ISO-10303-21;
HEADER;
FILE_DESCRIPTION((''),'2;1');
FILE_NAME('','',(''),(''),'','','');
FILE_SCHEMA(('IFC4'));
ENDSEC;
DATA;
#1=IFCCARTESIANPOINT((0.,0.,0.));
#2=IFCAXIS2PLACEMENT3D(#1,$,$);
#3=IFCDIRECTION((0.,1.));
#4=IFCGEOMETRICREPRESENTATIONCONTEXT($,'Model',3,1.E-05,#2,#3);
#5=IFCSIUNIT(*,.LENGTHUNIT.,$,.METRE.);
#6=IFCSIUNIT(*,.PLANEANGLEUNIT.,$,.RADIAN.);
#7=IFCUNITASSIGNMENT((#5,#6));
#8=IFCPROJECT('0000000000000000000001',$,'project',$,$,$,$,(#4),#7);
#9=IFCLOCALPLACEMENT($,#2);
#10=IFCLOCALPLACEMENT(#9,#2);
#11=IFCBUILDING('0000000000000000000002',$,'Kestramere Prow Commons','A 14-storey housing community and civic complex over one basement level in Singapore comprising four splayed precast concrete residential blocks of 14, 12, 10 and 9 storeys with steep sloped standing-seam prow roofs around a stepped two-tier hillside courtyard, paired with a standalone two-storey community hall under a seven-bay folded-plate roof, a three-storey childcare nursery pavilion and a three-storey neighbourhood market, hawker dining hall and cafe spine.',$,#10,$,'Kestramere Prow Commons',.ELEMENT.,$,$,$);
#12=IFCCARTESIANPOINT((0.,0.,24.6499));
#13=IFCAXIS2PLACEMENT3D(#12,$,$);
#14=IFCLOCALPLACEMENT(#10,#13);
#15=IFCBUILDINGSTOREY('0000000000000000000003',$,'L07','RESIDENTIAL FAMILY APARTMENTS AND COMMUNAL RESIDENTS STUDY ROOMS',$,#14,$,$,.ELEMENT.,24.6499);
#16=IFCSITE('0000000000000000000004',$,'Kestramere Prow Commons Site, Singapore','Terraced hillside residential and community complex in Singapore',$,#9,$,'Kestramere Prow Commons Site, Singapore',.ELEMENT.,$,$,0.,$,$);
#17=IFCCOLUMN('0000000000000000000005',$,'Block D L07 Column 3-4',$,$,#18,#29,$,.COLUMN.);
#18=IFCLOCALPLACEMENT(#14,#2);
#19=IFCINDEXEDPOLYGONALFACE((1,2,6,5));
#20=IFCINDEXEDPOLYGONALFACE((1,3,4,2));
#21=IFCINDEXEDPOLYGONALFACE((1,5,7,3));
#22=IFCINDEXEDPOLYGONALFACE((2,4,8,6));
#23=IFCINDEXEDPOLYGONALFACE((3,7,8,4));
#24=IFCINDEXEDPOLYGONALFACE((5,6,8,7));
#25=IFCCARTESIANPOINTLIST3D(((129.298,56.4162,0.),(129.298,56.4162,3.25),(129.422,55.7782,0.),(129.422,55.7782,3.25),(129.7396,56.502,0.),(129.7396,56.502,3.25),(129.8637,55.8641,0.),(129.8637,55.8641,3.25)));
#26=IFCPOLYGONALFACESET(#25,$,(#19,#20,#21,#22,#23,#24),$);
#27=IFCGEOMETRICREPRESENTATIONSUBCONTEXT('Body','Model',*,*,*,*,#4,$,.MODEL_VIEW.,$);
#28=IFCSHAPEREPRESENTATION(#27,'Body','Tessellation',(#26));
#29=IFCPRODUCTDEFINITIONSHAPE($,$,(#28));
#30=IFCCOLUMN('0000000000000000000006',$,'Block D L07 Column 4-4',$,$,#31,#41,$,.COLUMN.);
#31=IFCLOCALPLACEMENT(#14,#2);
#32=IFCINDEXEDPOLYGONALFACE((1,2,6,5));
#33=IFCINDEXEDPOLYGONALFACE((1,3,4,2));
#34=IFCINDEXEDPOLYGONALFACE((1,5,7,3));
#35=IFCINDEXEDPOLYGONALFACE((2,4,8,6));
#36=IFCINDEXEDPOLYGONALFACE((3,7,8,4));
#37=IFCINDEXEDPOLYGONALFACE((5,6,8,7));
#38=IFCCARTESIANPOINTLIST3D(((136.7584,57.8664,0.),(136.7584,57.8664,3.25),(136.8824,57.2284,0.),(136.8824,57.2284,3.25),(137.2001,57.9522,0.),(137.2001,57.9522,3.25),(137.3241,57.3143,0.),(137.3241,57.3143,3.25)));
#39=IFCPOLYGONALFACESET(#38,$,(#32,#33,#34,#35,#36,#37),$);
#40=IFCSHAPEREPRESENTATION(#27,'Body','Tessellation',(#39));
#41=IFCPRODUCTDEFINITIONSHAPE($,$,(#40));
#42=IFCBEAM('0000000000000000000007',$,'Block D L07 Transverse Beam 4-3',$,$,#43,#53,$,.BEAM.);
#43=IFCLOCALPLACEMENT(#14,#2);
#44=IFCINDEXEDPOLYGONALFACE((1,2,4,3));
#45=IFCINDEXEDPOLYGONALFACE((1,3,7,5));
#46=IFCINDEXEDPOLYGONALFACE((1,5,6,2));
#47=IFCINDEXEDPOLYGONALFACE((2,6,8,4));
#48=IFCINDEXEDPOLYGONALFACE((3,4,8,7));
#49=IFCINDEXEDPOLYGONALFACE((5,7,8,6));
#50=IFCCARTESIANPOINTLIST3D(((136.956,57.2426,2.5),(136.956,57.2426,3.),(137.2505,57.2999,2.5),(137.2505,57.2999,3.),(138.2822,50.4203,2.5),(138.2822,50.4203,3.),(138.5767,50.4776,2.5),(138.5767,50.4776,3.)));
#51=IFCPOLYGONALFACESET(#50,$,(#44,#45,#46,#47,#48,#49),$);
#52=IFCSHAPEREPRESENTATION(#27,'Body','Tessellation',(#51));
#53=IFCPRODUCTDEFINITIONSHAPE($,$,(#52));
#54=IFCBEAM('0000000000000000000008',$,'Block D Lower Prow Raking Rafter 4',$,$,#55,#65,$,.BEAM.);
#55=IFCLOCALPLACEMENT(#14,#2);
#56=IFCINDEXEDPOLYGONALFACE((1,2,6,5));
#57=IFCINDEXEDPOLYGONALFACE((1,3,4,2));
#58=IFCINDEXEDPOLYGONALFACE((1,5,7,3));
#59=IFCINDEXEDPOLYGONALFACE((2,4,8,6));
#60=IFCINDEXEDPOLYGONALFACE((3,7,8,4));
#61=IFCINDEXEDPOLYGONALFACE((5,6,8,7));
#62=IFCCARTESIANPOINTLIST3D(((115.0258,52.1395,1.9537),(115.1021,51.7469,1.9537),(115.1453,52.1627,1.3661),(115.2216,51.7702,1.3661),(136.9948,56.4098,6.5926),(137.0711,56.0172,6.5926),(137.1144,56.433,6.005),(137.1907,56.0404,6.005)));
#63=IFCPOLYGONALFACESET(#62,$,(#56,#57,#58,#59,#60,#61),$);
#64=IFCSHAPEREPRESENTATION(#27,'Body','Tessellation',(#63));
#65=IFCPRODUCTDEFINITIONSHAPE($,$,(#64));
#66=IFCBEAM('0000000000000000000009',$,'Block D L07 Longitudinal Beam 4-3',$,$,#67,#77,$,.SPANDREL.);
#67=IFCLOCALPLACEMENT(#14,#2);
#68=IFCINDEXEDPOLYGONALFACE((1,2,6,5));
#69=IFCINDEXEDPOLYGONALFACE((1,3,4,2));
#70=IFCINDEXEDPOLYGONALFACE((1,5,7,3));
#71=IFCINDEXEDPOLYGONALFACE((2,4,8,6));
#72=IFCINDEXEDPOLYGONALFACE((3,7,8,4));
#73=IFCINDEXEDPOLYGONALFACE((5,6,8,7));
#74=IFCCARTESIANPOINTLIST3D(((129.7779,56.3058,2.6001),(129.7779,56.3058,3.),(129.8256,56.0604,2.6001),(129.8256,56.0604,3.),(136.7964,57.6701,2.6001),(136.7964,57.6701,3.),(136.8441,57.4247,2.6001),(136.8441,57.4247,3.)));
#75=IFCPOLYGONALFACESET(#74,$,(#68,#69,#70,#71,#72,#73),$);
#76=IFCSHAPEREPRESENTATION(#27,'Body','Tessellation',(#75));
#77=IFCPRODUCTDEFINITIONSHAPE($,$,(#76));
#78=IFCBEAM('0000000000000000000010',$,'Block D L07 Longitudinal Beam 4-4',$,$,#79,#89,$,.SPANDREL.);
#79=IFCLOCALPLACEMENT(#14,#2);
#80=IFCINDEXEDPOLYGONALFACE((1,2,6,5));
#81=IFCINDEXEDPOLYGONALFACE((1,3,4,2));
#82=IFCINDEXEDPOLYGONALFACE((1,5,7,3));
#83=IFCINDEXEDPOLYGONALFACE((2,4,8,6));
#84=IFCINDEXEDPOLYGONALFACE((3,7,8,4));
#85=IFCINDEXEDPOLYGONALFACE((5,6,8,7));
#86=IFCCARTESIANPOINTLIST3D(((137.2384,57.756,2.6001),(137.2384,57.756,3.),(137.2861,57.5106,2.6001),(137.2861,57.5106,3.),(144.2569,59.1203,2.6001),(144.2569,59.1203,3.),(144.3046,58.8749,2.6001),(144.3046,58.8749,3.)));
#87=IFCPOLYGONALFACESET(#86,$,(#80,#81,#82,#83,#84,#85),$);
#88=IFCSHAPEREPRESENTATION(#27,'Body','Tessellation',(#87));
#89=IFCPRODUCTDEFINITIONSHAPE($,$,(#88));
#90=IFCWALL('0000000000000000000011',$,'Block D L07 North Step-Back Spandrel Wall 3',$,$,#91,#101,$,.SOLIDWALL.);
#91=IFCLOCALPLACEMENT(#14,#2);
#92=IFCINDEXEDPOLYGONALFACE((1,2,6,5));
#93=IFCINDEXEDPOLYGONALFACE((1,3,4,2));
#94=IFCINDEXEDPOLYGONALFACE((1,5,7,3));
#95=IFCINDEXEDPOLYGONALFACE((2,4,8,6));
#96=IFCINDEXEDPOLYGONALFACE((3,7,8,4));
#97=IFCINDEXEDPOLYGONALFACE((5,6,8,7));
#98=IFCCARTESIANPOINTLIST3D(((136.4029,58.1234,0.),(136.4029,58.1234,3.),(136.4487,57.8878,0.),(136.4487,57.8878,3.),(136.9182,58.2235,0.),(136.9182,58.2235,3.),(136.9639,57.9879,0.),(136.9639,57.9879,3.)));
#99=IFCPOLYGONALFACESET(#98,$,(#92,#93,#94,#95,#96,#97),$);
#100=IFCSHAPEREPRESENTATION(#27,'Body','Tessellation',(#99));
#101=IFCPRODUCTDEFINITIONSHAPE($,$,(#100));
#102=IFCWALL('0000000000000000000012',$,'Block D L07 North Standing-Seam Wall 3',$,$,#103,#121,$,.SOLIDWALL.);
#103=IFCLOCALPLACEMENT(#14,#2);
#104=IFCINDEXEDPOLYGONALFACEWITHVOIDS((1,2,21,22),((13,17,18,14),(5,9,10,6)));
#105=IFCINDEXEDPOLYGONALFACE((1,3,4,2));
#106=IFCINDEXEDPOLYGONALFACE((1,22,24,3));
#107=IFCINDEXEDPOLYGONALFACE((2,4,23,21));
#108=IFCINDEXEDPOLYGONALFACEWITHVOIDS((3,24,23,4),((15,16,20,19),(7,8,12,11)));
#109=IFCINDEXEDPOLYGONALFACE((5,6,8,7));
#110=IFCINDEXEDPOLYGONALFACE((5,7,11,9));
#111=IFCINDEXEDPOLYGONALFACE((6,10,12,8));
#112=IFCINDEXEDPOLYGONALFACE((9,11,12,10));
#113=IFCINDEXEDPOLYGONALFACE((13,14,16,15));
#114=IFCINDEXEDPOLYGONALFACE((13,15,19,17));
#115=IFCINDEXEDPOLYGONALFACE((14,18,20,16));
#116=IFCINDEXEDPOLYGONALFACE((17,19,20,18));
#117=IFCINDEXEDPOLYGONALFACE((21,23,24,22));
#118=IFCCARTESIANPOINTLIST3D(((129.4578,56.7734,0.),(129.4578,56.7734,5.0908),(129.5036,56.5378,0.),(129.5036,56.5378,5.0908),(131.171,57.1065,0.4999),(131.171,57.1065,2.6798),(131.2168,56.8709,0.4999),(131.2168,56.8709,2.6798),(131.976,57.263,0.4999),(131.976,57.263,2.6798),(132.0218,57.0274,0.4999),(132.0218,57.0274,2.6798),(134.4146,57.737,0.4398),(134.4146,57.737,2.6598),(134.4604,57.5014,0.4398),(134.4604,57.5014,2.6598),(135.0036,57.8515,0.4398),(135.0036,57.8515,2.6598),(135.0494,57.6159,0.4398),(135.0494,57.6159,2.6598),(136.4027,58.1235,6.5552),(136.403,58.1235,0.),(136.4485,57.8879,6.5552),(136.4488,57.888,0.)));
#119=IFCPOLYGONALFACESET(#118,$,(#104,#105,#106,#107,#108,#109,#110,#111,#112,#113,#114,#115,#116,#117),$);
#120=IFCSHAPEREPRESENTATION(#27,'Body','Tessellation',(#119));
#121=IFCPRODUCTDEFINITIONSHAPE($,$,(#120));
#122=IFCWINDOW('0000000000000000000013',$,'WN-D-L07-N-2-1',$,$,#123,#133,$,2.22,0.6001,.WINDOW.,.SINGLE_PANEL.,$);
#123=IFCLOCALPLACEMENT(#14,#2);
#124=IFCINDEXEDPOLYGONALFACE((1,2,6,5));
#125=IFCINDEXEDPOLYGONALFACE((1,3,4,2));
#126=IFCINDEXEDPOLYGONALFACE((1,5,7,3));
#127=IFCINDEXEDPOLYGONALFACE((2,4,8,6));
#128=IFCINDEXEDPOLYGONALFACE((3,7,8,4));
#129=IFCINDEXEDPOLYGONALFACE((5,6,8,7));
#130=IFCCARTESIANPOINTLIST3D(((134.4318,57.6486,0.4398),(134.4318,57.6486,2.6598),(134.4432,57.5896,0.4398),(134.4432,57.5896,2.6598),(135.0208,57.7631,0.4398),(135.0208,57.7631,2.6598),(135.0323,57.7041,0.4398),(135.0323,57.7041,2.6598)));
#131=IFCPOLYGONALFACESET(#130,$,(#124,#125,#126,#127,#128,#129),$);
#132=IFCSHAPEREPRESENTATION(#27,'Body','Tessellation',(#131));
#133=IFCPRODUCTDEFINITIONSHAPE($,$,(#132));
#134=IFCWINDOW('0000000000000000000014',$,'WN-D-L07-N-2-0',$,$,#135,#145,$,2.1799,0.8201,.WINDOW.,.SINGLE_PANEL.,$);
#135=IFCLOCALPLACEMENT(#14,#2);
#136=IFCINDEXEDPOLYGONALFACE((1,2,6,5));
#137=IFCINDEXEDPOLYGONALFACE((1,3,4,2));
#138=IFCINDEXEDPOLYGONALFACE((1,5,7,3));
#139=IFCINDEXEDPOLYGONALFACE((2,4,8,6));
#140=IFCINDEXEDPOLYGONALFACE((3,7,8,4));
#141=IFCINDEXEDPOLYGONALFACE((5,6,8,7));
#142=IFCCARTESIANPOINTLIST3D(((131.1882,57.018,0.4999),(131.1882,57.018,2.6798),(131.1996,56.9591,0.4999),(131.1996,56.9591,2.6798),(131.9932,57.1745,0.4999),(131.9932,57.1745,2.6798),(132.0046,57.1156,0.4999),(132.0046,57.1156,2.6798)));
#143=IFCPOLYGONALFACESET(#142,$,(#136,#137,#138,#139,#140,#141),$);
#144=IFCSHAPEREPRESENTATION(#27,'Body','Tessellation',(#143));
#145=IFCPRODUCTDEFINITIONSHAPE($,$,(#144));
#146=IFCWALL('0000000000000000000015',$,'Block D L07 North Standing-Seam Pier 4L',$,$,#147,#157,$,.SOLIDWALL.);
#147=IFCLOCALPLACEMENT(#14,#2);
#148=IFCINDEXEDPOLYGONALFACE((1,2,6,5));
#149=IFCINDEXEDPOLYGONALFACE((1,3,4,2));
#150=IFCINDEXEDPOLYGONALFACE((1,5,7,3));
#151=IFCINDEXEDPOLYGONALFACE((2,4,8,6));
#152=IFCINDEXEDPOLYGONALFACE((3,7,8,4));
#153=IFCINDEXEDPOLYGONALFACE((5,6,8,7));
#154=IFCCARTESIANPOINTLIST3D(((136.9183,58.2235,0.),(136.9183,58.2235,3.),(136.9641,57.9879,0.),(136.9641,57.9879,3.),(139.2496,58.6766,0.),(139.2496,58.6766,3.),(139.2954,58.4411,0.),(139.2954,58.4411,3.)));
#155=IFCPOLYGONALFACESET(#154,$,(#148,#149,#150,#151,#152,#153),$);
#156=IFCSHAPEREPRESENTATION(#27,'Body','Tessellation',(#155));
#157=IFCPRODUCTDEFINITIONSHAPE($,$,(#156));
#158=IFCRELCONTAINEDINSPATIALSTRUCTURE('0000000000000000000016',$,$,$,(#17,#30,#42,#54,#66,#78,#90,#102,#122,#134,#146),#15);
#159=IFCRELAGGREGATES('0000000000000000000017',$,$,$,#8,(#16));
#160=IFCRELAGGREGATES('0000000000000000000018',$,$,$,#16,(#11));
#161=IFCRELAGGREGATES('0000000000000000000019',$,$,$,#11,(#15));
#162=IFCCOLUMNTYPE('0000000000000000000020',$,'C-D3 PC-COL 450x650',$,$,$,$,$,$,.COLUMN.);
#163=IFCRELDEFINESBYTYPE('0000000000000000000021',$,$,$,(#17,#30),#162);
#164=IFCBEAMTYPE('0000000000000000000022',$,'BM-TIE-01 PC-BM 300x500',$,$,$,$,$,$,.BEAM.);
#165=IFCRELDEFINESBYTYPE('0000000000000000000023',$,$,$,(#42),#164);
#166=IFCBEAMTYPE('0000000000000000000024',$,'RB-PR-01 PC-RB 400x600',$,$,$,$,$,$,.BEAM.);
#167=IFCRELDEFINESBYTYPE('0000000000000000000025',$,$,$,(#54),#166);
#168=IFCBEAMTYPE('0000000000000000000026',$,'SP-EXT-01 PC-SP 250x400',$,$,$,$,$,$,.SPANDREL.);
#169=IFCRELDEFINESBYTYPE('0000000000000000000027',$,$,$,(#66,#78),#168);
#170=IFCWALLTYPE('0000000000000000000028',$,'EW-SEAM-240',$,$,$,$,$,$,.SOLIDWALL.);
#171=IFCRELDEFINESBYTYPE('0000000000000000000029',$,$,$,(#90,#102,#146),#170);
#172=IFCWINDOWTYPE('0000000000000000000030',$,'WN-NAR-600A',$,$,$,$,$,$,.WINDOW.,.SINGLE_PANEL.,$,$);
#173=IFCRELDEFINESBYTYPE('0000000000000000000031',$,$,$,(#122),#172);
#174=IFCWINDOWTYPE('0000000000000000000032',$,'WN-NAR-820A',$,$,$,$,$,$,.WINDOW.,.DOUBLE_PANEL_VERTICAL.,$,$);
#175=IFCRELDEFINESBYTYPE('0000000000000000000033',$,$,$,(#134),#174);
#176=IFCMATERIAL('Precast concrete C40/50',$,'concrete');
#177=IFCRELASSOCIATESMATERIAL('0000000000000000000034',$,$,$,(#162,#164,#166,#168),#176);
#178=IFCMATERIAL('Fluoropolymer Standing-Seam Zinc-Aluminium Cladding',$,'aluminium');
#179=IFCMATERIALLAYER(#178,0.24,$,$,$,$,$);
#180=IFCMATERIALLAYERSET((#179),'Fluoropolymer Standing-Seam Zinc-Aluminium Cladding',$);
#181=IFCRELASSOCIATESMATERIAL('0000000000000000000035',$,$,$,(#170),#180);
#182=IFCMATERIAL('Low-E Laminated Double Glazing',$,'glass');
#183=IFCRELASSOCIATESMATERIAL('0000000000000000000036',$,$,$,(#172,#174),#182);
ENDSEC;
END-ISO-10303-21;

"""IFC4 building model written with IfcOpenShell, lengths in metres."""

from ifc_helpers import new_model, si_unit, direction, frame, frame_2d, origin, origin_2d, place, context, subcontext, project, spatial, polyline, rectangle, outline, extrude, material, layer, layer_set, material_profile, profile_set, type_object, element, fill, save


model = new_model("IFC4")

# Units and contexts
model_context = context("Model", 3, precision=1e-05, world=origin(), true_north=direction((0.0, 1.0)))
body_context = subcontext(model_context, "Body", "Model", "MODEL_VIEW")
ifc_project = project(units=[si_unit("LENGTHUNIT", "METRE"), si_unit("PLANEANGLEUNIT", "RADIAN")], contexts=[model_context])

# Site, building, storey
site_placement = place(None, origin())
site = spatial("IfcSite", under=ifc_project, at=site_placement, Name="Kestramere Prow Commons Site, Singapore", Description="Terraced hillside residential and community complex in Singapore", LongName="Kestramere Prow Commons Site, Singapore", CompositionType="ELEMENT", RefElevation=0.0)
building_placement = place(site_placement, origin())
building = spatial("IfcBuilding", under=site, at=building_placement, Name="Kestramere Prow Commons", Description="A 14-storey housing community and civic complex over one basement level in Singapore comprising four splayed precast concrete residential blocks of 14, 12, 10 and 9 storeys with steep sloped standing-seam prow roofs around a stepped two-tier hillside courtyard, paired with a standalone two-storey community hall under a seven-bay folded-plate roof, a three-storey childcare nursery pavilion and a three-storey neighbourhood market, hawker dining hall and cafe spine.", LongName="Kestramere Prow Commons", CompositionType="ELEMENT")
storey_placement = place(building_placement, frame((0.0, 0.0, 24.6499)))
storey = spatial("IfcBuildingStorey", under=building, at=storey_placement, Name="L07", Description="RESIDENTIAL FAMILY APARTMENTS AND COMMUNAL RESIDENTS STUDY ROOMS", CompositionType="ELEMENT", Elevation=24.6499)

# Columns
ifc_material_1 = material(Name="Precast concrete C40/50", Category="concrete")
ifc_material_profile_1 = material_profile(ifc_material_1, rectangle(XDim=0.45, YDim=0.6499, at=origin_2d()), Name="PC-COL 450x650")
ifc_profile_set_1 = profile_set([ifc_material_profile_1], Name="Precast concrete C40/50")
column_type = type_object("IfcColumnType", Name="C-D3 PC-COL 450x650", PredefinedType="COLUMN", material=ifc_profile_set_1)
for number, where, z_axis, x_axis, name in (
    (1, (129.5808, 56.1401, 0.0), (0.0, 0.0, 1.0), (0.981627, 0.190809, 0.0), "Block D L07 Column 3-4"),
    (2, (137.0413, 57.5903, 0.0), (0.0, 0.0, 1.0), (0.981627, 0.190809, 0.0), "Block D L07 Column 4-4"),
):
    element("IfcColumn", number, at=place(storey_placement, frame(where, z_axis=z_axis, x_axis=x_axis)), inside=storey, type_object=column_type, Name=name, PredefinedType="COLUMN", context=body_context, shape_type="SweptSolid", body=[
        extrude(rectangle(XDim=0.45, YDim=0.6499, at=origin_2d()), origin(), (0.0, 0.0, 1.0), 3.25),
    ])

# Beams
ifc_material_profile_2 = material_profile(ifc_material_1, rectangle(XDim=0.3, YDim=0.5, at=origin_2d()), Name="PC-BM 300x500")
ifc_profile_set_2 = profile_set([ifc_material_profile_2], Name="Precast concrete C40/50")
beam_type_1 = type_object("IfcBeamType", Name="BM-TIE-01 PC-BM 300x500", PredefinedType="BEAM", material=ifc_profile_set_2)
beam_1_placement = place(storey_placement, frame((138.4294, 50.449, 2.75), z_axis=(-0.190817, 0.981626, 0.0), x_axis=(-0.981626, -0.190817, 0.0)))
element("IfcBeam", 3, at=beam_1_placement, inside=storey, type_object=beam_type_1, Name="Block D L07 Transverse Beam 4-3", PredefinedType="BEAM", context=body_context, shape_type="SweptSolid", body=[
    extrude(rectangle(XDim=0.3, YDim=0.5, at=origin_2d()), origin(), (0.0, 0.0, 1.0), 6.95),
])
ifc_material_profile_3 = material_profile(ifc_material_1, rectangle(XDim=0.3999, YDim=0.6001, at=origin_2d()), Name="PC-RB 400x600")
ifc_profile_set_3 = profile_set([ifc_material_profile_3], Name="Precast concrete C40/50")
beam_type_2 = type_object("IfcBeamType", Name="RB-PR-01 PC-RB 400x600", PredefinedType="BEAM", material=ifc_profile_set_3)
beam_2_placement = place(storey_placement, frame((137.0928, 56.2251, 6.2988), z_axis=(-0.961196, -0.186834, -0.202964), x_axis=(0.190806, -0.981628, 0.0)))
element("IfcBeam", 4, at=beam_2_placement, inside=storey, type_object=beam_type_2, Name="Block D Lower Prow Raking Rafter 4", PredefinedType="BEAM", context=body_context, shape_type="SweptSolid", body=[
    extrude(rectangle(XDim=0.3999, YDim=0.6001, at=origin_2d()), origin(), (0.0, 0.0, 1.0), 22.856),
])
ifc_material_profile_4 = material_profile(ifc_material_1, rectangle(XDim=0.25, YDim=0.3999, at=origin_2d()), Name="PC-SP 250x400")
ifc_profile_set_4 = profile_set([ifc_material_profile_4], Name="Precast concrete C40/50")
beam_type_3 = type_object("IfcBeamType", Name="SP-EXT-01 PC-SP 250x400", PredefinedType="SPANDREL", material=ifc_profile_set_4)
for number, where, z_axis, x_axis, name in (
    (5, (129.8018, 56.1831, 2.8), (0.981627, 0.190808, 0.0), (-0.190808, 0.981627, 0.0), "Block D L07 Longitudinal Beam 4-3"),
    (6, (137.2622, 57.6333, 2.8), (0.981627, 0.190808, 0.0), (-0.190808, 0.981627, 0.0), "Block D L07 Longitudinal Beam 4-4"),
):
    element("IfcBeam", number, at=place(storey_placement, frame(where, z_axis=z_axis, x_axis=x_axis)), inside=storey, type_object=beam_type_3, Name=name, PredefinedType="SPANDREL", context=body_context, shape_type="SweptSolid", body=[
        extrude(rectangle(XDim=0.25, YDim=0.3999, at=origin_2d()), origin(), (0.0, 0.0, 1.0), 7.1499),
    ])

# Wall
ifc_material_2 = material(Name="Fluoropolymer Standing-Seam Zinc-Aluminium Cladding", Category="aluminium")
ifc_layer_1 = layer(ifc_material_2, 0.24)
ifc_layer_set_1 = layer_set([ifc_layer_1], Name="Fluoropolymer Standing-Seam Zinc-Aluminium Cladding")
wall_type_1 = type_object("IfcWallType", Name="EW-SEAM-240", PredefinedType="SOLIDWALL", material=ifc_layer_set_1)
wall_1_placement = place(storey_placement, frame((136.4258, 58.0056, 0.0), z_axis=(0.0, 0.0, 1.0), x_axis=(0.981657, 0.190658, 0.0)))
element("IfcWall", 7, at=wall_1_placement, inside=storey, type_object=wall_type_1, Name="Block D L07 North Step-Back Spandrel Wall 3", PredefinedType="SOLIDWALL", context=body_context, shape_type="SweptSolid", body=[
    extrude(rectangle(XDim=0.5249, YDim=0.24, at=frame_2d((0.2625, 0.0))), origin(), (0.0, 0.0, 1.0), 3.0),
])

# Wall, openings, windows
wall_2_placement = place(storey_placement, frame((129.4807, 56.6555, 0.0), z_axis=(0.0, 0.0, 1.0), x_axis=(0.981624, 0.190824, 0.0)))
wall_2 = element("IfcWall", 8, at=wall_2_placement, inside=storey, type_object=wall_type_1, Name="Block D L07 North Standing-Seam Wall 3", PredefinedType="SOLIDWALL", context=body_context, shape_type="SweptSolid", body=[
    extrude(outline(polyline([(0.0, 0.0), (7.0752, 0.0), (7.075, 6.5552), (0.0, 5.0908), (0.0, 0.0)])), frame((0.0, 0.1201, 0.0), z_axis=(0.0, -1.0, 0.0), x_axis=(1.0, 0.0, 0.0)), (0.0, 0.0, 1.0), 0.24),
])
opening_1_placement = place(wall_2_placement, frame((1.7451, 0.0, 0.5)))
opening_1 = element("IfcOpeningElement", 9, at=opening_1_placement, cuts=wall_2, PredefinedType="OPENING", context=body_context, shape_type="SweptSolid", body=[
    extrude(rectangle(XDim=0.8201, YDim=2.1799, at=frame_2d((0.4102, 1.0898))), frame((0.0, 0.135, 0.0), z_axis=(0.0, -1.0, 0.0), x_axis=(1.0, 0.0, 0.0)), (0.0, 0.0, 1.0), 0.27),
])
opening_2_placement = place(wall_2_placement, frame((5.0496, 0.0, 0.4399)))
opening_2 = element("IfcOpeningElement", 10, at=opening_2_placement, cuts=wall_2, PredefinedType="OPENING", context=body_context, shape_type="SweptSolid", body=[
    extrude(rectangle(XDim=0.6001, YDim=2.22, at=frame_2d((0.3, 1.1099))), frame((0.0, 0.135, 0.0), z_axis=(0.0, -1.0, 0.0), x_axis=(1.0, 0.0, 0.0)), (0.0, 0.0, 1.0), 0.27),
])
ifc_material_3 = material(Name="Low-E Laminated Double Glazing", Category="glass")
window_type_1 = type_object("IfcWindowType", Name="WN-NAR-600A", PartitioningType="SINGLE_PANEL", PredefinedType="WINDOW", material=ifc_material_3)
window_1_placement = place(opening_2_placement, origin())
window_1 = element("IfcWindow", 11, at=window_1_placement, inside=storey, type_object=window_type_1, Name="WN-D-L07-N-2-1", OverallHeight=2.22, OverallWidth=0.6001, PartitioningType="SINGLE_PANEL", PredefinedType="WINDOW", context=body_context, shape_type="SweptSolid", body=[
    extrude(rectangle(XDim=0.6001, YDim=2.22, at=frame_2d((0.3, 1.1099))), frame((0.0, 0.03, 0.0), z_axis=(0.0, -1.0, 0.0), x_axis=(1.0, 0.0, 0.0)), (0.0, 0.0, 1.0), 0.0601),
])
fill(opening_2, window_1)
window_type_2 = type_object("IfcWindowType", Name="WN-NAR-820A", PartitioningType="DOUBLE_PANEL_VERTICAL", PredefinedType="WINDOW", material=ifc_material_3)
window_2_placement = place(opening_1_placement, origin())
window_2 = element("IfcWindow", 12, at=window_2_placement, inside=storey, type_object=window_type_2, Name="WN-D-L07-N-2-0", OverallHeight=2.1799, OverallWidth=0.8201, PartitioningType="SINGLE_PANEL", PredefinedType="WINDOW", context=body_context, shape_type="SweptSolid", body=[
    extrude(rectangle(XDim=0.8201, YDim=2.1799, at=frame_2d((0.4102, 1.0898))), frame((0.0, 0.03, 0.0), z_axis=(0.0, -1.0, 0.0), x_axis=(1.0, 0.0, 0.0)), (0.0, 0.0, 1.0), 0.0601),
])
fill(opening_1, window_2)

# Wall
wall_3_placement = place(storey_placement, frame((136.9412, 58.1057, 0.0), z_axis=(0.0, 0.0, 1.0), x_axis=(0.98163, 0.190795, 0.0)))
element("IfcWall", 13, at=wall_3_placement, inside=storey, type_object=wall_type_1, Name="Block D L07 North Standing-Seam Pier 4L", PredefinedType="SOLIDWALL", context=body_context, shape_type="SweptSolid", body=[
    extrude(rectangle(XDim=2.375, YDim=0.24, at=frame_2d((1.1875, 0.0))), origin(), (0.0, 0.0, 1.0), 3.0),
])

save(model, "model.ifc")
